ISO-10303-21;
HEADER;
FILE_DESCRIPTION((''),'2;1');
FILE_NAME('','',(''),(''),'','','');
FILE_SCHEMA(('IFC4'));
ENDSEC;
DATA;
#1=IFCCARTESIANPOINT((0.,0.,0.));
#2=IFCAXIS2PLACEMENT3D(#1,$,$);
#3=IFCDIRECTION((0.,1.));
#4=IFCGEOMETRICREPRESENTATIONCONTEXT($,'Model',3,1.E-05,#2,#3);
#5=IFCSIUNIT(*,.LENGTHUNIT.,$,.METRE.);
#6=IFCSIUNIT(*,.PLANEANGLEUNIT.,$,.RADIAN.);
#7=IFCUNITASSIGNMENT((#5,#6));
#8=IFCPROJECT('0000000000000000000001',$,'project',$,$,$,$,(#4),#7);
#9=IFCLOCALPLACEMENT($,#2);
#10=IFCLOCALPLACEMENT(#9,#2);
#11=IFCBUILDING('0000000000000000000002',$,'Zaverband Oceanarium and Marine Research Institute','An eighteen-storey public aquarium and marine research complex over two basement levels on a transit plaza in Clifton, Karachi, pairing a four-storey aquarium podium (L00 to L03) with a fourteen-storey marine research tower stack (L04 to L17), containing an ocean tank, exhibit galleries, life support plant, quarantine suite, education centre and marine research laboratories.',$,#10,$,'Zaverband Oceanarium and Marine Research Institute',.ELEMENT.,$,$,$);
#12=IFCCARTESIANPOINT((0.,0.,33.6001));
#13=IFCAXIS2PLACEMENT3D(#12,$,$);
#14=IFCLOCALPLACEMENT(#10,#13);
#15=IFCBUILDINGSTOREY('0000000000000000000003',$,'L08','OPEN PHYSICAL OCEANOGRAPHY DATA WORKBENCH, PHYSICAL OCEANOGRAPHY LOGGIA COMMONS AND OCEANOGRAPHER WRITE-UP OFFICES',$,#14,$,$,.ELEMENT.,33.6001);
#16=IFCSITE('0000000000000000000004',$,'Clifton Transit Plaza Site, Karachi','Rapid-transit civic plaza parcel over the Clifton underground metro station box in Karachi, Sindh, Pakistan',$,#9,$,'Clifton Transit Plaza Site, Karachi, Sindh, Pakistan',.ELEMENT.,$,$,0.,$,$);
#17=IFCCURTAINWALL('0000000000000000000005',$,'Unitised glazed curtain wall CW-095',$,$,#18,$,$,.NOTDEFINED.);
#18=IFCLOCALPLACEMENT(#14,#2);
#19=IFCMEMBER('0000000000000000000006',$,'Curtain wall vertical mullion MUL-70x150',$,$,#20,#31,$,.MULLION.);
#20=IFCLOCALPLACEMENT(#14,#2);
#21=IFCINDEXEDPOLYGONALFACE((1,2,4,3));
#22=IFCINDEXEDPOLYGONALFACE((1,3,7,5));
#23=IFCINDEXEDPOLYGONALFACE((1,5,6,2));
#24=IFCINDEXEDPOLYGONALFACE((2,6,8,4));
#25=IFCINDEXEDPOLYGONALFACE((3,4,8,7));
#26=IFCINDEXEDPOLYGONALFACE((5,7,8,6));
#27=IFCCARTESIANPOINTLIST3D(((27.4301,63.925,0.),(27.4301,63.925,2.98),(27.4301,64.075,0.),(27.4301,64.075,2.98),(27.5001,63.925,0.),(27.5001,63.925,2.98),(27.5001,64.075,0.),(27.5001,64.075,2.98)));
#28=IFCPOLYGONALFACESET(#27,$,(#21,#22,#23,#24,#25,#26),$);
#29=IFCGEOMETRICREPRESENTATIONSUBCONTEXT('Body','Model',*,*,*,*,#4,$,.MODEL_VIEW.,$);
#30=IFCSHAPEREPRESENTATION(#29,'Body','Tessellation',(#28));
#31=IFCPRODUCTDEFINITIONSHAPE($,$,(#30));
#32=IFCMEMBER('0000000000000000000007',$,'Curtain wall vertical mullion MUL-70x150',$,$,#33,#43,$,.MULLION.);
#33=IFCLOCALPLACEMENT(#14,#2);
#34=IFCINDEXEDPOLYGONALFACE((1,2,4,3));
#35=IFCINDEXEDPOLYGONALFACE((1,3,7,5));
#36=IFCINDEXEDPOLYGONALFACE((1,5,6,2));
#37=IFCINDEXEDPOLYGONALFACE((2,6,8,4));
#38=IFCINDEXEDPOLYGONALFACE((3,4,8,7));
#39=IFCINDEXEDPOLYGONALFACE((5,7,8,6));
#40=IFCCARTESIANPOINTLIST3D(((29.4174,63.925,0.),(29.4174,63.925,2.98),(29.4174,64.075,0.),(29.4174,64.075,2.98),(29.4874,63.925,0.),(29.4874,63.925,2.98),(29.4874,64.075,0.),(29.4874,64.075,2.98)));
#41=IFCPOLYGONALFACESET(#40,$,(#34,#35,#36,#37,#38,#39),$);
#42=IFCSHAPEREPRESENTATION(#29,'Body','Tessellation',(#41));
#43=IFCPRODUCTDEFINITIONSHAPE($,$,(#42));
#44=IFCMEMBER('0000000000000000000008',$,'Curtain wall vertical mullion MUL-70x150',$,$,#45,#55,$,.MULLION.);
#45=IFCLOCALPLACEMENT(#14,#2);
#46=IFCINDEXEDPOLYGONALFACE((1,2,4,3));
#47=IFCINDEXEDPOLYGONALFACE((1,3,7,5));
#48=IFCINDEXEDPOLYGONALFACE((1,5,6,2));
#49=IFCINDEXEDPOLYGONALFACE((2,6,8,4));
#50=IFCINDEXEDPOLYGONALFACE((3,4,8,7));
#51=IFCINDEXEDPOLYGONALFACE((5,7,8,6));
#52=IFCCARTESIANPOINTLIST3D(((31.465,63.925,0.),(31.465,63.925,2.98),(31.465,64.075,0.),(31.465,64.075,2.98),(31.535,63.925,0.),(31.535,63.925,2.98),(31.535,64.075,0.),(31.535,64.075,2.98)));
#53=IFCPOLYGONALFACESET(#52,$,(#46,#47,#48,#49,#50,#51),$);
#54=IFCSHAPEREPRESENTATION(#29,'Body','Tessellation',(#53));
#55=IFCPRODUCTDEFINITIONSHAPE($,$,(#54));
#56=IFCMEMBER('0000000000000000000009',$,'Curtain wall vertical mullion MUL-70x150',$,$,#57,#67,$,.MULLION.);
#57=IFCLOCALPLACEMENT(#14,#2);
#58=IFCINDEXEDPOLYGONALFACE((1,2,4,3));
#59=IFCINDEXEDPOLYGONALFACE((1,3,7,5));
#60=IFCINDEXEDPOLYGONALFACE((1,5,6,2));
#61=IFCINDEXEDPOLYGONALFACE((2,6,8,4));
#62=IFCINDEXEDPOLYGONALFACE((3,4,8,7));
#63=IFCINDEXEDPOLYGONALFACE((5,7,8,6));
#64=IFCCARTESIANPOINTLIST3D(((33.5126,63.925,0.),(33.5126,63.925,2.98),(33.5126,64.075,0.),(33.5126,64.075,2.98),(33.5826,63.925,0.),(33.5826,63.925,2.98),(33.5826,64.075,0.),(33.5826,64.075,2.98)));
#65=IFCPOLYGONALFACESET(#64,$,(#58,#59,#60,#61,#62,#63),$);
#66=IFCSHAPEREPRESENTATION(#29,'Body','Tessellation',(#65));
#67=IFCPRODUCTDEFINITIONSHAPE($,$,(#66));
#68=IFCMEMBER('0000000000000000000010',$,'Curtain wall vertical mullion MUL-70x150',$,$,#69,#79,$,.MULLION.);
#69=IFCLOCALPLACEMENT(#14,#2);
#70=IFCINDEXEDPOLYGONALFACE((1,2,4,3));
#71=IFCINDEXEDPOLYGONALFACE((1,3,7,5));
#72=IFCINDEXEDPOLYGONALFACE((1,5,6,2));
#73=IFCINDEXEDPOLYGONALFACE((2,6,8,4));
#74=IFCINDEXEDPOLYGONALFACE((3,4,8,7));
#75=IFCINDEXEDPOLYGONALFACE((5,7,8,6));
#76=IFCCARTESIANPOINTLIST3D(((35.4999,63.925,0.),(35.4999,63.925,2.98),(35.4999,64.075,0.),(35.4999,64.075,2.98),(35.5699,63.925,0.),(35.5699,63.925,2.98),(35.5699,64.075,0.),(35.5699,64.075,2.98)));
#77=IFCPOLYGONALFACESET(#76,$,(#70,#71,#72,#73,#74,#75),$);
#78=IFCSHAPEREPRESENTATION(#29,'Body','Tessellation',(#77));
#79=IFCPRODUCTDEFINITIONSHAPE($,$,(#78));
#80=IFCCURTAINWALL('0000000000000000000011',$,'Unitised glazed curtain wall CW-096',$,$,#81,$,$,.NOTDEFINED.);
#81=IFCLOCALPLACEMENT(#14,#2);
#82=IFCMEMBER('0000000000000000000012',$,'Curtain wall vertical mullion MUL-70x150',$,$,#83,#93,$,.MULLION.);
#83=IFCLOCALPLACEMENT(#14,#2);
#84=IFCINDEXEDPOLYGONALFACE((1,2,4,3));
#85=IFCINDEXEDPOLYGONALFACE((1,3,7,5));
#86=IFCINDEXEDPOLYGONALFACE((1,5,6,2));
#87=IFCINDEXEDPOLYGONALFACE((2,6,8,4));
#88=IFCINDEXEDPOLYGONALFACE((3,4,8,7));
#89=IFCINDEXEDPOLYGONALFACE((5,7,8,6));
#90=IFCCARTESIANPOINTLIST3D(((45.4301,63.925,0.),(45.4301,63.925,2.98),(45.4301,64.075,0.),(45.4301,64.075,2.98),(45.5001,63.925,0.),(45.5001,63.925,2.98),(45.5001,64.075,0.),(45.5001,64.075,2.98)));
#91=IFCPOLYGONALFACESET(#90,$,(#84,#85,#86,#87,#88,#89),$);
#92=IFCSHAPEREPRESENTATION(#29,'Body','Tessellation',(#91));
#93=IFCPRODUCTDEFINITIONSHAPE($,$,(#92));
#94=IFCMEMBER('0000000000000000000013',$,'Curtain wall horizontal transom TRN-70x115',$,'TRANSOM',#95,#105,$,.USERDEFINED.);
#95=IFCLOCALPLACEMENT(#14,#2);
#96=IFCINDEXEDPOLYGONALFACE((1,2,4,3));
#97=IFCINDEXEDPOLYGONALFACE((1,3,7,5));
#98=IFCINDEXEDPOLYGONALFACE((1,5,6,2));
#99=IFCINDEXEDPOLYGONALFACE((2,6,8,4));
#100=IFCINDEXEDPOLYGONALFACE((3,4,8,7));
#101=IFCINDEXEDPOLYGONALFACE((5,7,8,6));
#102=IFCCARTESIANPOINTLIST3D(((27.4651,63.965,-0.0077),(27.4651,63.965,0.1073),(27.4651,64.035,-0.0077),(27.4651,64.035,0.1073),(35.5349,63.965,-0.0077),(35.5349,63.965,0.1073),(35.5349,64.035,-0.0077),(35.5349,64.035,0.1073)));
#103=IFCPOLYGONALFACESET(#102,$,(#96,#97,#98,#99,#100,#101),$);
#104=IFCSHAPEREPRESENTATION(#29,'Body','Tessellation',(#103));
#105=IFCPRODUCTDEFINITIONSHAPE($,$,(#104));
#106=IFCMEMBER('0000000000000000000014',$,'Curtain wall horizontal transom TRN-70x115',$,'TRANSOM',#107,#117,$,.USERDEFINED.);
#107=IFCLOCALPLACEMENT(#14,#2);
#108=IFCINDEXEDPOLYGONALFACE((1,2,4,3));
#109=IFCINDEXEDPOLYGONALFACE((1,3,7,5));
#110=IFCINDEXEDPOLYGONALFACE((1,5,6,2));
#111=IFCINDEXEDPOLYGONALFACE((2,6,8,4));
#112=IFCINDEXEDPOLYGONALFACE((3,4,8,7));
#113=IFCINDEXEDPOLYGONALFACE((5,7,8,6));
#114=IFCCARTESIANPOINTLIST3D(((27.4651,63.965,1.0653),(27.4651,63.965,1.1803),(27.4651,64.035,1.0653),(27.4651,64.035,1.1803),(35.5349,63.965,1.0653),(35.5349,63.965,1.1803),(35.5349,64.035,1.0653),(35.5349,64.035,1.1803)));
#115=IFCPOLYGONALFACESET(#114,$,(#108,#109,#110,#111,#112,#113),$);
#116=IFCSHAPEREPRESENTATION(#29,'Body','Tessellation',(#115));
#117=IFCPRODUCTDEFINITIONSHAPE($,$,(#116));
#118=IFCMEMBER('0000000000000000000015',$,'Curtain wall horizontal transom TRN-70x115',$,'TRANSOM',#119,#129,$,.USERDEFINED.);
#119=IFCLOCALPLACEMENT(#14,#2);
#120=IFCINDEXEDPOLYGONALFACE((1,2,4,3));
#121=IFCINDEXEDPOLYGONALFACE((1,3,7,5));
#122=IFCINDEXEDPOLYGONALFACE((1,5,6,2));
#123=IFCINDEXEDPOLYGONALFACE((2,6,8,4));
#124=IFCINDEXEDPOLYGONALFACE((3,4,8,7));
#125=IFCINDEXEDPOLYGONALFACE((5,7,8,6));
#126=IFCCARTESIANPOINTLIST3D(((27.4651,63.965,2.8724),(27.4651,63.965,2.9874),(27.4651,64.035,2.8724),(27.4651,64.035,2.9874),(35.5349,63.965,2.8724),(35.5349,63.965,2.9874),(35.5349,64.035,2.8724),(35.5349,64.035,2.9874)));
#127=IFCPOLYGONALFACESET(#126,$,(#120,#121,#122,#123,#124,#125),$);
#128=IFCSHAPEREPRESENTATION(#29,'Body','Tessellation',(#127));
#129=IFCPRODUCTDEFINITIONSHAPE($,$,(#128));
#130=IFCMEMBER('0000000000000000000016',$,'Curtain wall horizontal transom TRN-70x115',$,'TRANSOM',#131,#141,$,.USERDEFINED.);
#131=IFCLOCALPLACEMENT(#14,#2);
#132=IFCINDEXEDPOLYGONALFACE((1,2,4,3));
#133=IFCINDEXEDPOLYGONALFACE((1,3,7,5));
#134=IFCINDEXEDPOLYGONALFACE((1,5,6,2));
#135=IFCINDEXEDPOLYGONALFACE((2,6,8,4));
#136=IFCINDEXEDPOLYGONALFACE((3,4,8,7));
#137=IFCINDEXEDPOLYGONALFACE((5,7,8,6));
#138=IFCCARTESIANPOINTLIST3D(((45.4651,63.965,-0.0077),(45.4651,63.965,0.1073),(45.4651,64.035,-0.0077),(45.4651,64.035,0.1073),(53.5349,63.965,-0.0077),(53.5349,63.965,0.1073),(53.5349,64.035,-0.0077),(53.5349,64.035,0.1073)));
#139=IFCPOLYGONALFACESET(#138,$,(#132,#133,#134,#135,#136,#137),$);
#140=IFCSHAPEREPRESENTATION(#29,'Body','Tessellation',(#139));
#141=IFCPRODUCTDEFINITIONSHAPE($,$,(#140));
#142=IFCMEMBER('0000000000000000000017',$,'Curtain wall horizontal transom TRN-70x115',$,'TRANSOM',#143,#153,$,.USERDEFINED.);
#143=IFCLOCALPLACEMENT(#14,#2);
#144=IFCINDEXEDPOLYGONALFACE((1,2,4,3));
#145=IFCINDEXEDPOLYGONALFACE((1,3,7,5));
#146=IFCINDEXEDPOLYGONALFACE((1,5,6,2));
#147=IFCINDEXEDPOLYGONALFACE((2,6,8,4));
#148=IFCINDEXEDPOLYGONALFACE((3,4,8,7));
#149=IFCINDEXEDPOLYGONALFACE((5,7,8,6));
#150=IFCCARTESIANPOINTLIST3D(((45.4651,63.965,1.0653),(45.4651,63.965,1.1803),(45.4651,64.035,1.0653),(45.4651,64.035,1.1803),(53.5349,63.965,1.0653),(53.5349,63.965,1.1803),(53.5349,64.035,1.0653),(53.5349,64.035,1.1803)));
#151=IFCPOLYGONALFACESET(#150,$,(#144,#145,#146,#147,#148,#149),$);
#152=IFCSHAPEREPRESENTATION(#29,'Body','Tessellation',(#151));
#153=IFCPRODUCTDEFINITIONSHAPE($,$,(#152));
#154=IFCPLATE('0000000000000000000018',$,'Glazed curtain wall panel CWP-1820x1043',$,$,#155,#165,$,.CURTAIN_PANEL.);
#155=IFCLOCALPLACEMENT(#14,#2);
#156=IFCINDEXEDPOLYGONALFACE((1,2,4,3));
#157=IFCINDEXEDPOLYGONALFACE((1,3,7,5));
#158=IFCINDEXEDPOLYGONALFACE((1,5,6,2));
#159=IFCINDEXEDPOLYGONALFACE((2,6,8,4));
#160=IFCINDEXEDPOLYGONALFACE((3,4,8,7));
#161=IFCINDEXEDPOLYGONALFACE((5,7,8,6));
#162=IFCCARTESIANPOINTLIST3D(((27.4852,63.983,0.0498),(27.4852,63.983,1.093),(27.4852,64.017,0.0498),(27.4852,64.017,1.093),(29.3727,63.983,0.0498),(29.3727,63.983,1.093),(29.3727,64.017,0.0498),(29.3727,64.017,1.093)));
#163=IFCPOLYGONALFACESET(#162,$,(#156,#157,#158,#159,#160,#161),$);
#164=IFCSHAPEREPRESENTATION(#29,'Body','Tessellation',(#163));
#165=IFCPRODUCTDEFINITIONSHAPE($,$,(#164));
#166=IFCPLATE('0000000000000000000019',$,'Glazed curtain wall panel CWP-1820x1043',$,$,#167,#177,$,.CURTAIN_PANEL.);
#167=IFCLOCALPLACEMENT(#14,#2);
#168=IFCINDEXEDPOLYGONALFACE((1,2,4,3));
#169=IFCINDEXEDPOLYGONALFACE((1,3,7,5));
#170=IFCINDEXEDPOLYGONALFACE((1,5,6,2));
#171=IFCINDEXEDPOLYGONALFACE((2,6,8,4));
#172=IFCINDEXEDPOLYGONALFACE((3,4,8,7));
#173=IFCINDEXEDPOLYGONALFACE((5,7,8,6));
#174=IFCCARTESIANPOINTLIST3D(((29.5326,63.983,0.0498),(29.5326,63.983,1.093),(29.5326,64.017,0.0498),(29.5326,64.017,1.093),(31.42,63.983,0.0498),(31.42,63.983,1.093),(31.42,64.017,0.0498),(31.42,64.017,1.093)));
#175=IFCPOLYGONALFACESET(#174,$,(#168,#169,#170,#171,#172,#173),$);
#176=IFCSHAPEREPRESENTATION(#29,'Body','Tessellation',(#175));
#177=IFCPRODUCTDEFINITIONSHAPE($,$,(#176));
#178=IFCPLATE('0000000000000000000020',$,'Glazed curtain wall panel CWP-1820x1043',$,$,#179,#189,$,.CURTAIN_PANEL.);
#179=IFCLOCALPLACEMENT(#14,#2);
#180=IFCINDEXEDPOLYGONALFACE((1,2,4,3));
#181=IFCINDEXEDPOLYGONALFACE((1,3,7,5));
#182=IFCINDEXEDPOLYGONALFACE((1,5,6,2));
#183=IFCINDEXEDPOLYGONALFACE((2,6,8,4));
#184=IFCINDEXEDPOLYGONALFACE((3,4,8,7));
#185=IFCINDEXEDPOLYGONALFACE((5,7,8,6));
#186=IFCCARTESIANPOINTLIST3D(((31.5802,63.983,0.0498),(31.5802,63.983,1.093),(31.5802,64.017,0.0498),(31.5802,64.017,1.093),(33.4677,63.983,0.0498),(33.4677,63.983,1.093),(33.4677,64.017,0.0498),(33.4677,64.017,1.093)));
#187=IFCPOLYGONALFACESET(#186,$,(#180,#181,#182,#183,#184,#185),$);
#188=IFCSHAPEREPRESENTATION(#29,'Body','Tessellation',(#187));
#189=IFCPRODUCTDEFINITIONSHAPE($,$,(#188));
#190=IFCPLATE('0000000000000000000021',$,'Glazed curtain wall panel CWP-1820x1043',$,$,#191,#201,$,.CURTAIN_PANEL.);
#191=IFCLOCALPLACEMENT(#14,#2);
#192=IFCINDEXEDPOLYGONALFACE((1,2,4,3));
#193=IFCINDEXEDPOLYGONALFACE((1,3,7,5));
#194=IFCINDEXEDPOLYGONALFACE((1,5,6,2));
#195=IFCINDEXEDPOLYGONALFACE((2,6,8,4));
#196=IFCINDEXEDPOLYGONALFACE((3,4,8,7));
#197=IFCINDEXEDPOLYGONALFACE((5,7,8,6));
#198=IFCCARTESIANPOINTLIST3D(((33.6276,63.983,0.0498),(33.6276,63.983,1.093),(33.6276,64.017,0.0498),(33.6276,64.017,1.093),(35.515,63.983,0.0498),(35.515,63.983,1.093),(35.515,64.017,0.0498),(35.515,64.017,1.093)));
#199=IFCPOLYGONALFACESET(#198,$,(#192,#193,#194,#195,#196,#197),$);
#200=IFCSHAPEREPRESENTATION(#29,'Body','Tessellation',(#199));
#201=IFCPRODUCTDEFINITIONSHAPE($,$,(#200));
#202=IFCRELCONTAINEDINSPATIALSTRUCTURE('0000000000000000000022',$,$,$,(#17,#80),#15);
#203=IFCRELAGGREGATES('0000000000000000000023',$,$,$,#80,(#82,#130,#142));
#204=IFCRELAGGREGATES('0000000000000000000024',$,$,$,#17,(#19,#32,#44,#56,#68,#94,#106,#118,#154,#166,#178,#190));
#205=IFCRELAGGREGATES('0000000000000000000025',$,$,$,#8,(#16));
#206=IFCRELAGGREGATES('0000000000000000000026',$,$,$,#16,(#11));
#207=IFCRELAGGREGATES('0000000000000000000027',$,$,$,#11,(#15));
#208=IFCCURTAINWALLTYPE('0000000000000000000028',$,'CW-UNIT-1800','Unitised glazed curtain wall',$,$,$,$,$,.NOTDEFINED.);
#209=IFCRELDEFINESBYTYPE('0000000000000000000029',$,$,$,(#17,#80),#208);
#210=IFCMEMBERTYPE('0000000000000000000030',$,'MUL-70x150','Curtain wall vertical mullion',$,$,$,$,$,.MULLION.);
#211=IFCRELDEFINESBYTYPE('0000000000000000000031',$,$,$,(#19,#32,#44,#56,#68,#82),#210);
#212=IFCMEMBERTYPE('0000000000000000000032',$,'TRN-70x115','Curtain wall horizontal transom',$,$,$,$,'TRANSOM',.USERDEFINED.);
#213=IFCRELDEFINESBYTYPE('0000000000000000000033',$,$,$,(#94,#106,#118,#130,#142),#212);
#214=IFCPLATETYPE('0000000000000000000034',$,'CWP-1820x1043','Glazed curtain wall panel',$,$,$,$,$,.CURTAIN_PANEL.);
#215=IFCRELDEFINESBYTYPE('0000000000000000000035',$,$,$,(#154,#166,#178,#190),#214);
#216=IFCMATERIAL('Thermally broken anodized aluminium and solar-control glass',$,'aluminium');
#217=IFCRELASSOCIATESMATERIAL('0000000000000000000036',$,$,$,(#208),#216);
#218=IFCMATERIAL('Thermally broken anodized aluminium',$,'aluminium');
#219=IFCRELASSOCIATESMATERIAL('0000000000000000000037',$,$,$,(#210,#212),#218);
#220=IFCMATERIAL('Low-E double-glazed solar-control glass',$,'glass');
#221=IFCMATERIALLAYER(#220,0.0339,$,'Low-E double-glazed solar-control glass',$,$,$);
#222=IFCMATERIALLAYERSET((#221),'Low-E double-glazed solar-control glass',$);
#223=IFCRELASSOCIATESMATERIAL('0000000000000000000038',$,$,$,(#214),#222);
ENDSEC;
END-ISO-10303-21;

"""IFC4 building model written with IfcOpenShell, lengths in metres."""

from ifc_helpers import new_model, si_unit, direction, frame, frame_2d, origin, origin_2d, place, context, subcontext, project, spatial, rectangle, extrude, material, layer, layer_set, material_profile, profile_set, type_object, element, aggregate, save


model = new_model("IFC4")

# Units and contexts
model_context = context("Model", 3, precision=1e-05, world=origin(), true_north=direction((0.0, 1.0)))
body_context = subcontext(model_context, "Body", "Model", "MODEL_VIEW")
ifc_project = project(units=[si_unit("LENGTHUNIT", "METRE"), si_unit("PLANEANGLEUNIT", "RADIAN")], contexts=[model_context])

# Site, building, storey
site_placement = place(None, origin())
site = spatial("IfcSite", under=ifc_project, at=site_placement, Name="Clifton Transit Plaza Site, Karachi", Description="Rapid-transit civic plaza parcel over the Clifton underground metro station box in Karachi, Sindh, Pakistan", LongName="Clifton Transit Plaza Site, Karachi, Sindh, Pakistan", CompositionType="ELEMENT", RefElevation=0.0)
building_placement = place(site_placement, origin())
building = spatial("IfcBuilding", under=site, at=building_placement, Name="Zaverband Oceanarium and Marine Research Institute", Description="An eighteen-storey public aquarium and marine research complex over two basement levels on a transit plaza in Clifton, Karachi, pairing a four-storey aquarium podium (L00 to L03) with a fourteen-storey marine research tower stack (L04 to L17), containing an ocean tank, exhibit galleries, life support plant, quarantine suite, education centre and marine research laboratories.", LongName="Zaverband Oceanarium and Marine Research Institute", CompositionType="ELEMENT")
storey_placement = place(building_placement, frame((0.0, 0.0, 33.6001)))
storey = spatial("IfcBuildingStorey", under=building, at=storey_placement, Name="L08", Description="OPEN PHYSICAL OCEANOGRAPHY DATA WORKBENCH, PHYSICAL OCEANOGRAPHY LOGGIA COMMONS AND OCEANOGRAPHER WRITE-UP OFFICES", CompositionType="ELEMENT", Elevation=33.6001)

# Curtain wall, members
ifc_material_1 = material(Name="Thermally broken anodized aluminium and solar-control glass", Category="aluminium")
curtain_wall_type = type_object("IfcCurtainWallType", Name="CW-UNIT-1800", Description="Unitised glazed curtain wall", PredefinedType="NOTDEFINED", material=ifc_material_1)
curtain_wall_1_placement = place(storey_placement, origin())
curtain_wall_1 = element("IfcCurtainWall", 1, at=curtain_wall_1_placement, inside=storey, type_object=curtain_wall_type, Name="Unitised glazed curtain wall CW-095", PredefinedType="NOTDEFINED")
ifc_material_2 = material(Name="Thermally broken anodized aluminium", Category="aluminium")
ifc_material_profile_1 = material_profile(ifc_material_2, rectangle(XDim=0.0701, YDim=0.1499, at=origin_2d()), Name="AL-MUL-70x150")
ifc_profile_set_1 = profile_set([ifc_material_profile_1], Name="Thermally broken anodized aluminium")
member_type_1 = type_object("IfcMemberType", Name="MUL-70x150", Description="Curtain wall vertical mullion", PredefinedType="MULLION", material=ifc_profile_set_1)
member_1_placement = place(storey_placement, frame((27.4651, 64.0, 0.0), z_axis=(0.0, 0.0, 1.0), x_axis=(1.0, 0.0, 0.0)))
member_1 = element("IfcMember", 2, at=member_1_placement, type_object=member_type_1, Name="Curtain wall vertical mullion MUL-70x150", PredefinedType="MULLION", context=body_context, shape_type="SweptSolid", body=[
    extrude(rectangle(XDim=0.0701, YDim=0.1499, at=origin_2d()), origin(), (0.0, 0.0, 1.0), 2.98),
])
member_2_placement = place(storey_placement, frame((29.4524, 64.0, 0.0), z_axis=(0.0, 0.0, 1.0), x_axis=(1.0, 0.0, 0.0)))
member_2 = element("IfcMember", 3, at=member_2_placement, type_object=member_type_1, Name="Curtain wall vertical mullion MUL-70x150", PredefinedType="MULLION", context=body_context, shape_type="SweptSolid", body=[
    extrude(rectangle(XDim=0.0701, YDim=0.1499, at=origin_2d()), origin(), (0.0, 0.0, 1.0), 2.98),
])
member_3_placement = place(storey_placement, frame((31.5, 64.0, 0.0), z_axis=(0.0, 0.0, 1.0), x_axis=(1.0, 0.0, 0.0)))
member_3 = element("IfcMember", 4, at=member_3_placement, type_object=member_type_1, Name="Curtain wall vertical mullion MUL-70x150", PredefinedType="MULLION", context=body_context, shape_type="SweptSolid", body=[
    extrude(rectangle(XDim=0.0701, YDim=0.1499, at=origin_2d()), origin(), (0.0, 0.0, 1.0), 2.98),
])
member_4_placement = place(storey_placement, frame((33.5476, 64.0, 0.0), z_axis=(0.0, 0.0, 1.0), x_axis=(1.0, 0.0, 0.0)))
member_4 = element("IfcMember", 5, at=member_4_placement, type_object=member_type_1, Name="Curtain wall vertical mullion MUL-70x150", PredefinedType="MULLION", context=body_context, shape_type="SweptSolid", body=[
    extrude(rectangle(XDim=0.0701, YDim=0.1499, at=origin_2d()), origin(), (0.0, 0.0, 1.0), 2.98),
])
member_5_placement = place(storey_placement, frame((35.5349, 64.0, 0.0), z_axis=(0.0, 0.0, 1.0), x_axis=(1.0, 0.0, 0.0)))
member_5 = element("IfcMember", 6, at=member_5_placement, type_object=member_type_1, Name="Curtain wall vertical mullion MUL-70x150", PredefinedType="MULLION", context=body_context, shape_type="SweptSolid", body=[
    extrude(rectangle(XDim=0.0701, YDim=0.1499, at=origin_2d()), origin(), (0.0, 0.0, 1.0), 2.98),
])

# Curtain wall, member
curtain_wall_2_placement = place(storey_placement, origin())
curtain_wall_2 = element("IfcCurtainWall", 7, at=curtain_wall_2_placement, inside=storey, type_object=curtain_wall_type, Name="Unitised glazed curtain wall CW-096", PredefinedType="NOTDEFINED")
member_6_placement = place(storey_placement, frame((45.4651, 64.0, 0.0), z_axis=(0.0, 0.0, 1.0), x_axis=(1.0, 0.0, 0.0)))
member_6 = element("IfcMember", 8, at=member_6_placement, type_object=member_type_1, Name="Curtain wall vertical mullion MUL-70x150", PredefinedType="MULLION", context=body_context, shape_type="SweptSolid", body=[
    extrude(rectangle(XDim=0.0701, YDim=0.1499, at=origin_2d()), origin(), (0.0, 0.0, 1.0), 2.98),
])

# Members
ifc_material_profile_2 = material_profile(ifc_material_2, rectangle(XDim=0.0701, YDim=0.115, at=origin_2d()), Name="AL-TRN-70x115")
ifc_profile_set_2 = profile_set([ifc_material_profile_2], Name="Thermally broken anodized aluminium")
member_type_2 = type_object("IfcMemberType", Name="TRN-70x115", Description="Curtain wall horizontal transom", ElementType="TRANSOM", PredefinedType="USERDEFINED", material=ifc_profile_set_2)
member_7_placement = place(storey_placement, frame((27.4651, 64.0, 0.0498), z_axis=(1.0, 0.0, 0.0), x_axis=(0.0, 1.0, 0.0)))
member_7 = element("IfcMember", 9, at=member_7_placement, type_object=member_type_2, Name="Curtain wall horizontal transom TRN-70x115", ObjectType="TRANSOM", PredefinedType="USERDEFINED", context=body_context, shape_type="SweptSolid", body=[
    extrude(rectangle(XDim=0.0701, YDim=0.115, at=origin_2d()), origin(), (0.0, 0.0, 1.0), 8.0698),
])
member_8_placement = place(storey_placement, frame((27.4651, 64.0, 1.1228), z_axis=(1.0, 0.0, 0.0), x_axis=(0.0, 1.0, 0.0)))
member_8 = element("IfcMember", 10, at=member_8_placement, type_object=member_type_2, Name="Curtain wall horizontal transom TRN-70x115", ObjectType="TRANSOM", PredefinedType="USERDEFINED", context=body_context, shape_type="SweptSolid", body=[
    extrude(rectangle(XDim=0.0701, YDim=0.115, at=origin_2d()), origin(), (0.0, 0.0, 1.0), 8.0698),
])
member_9_placement = place(storey_placement, frame((27.4651, 64.0, 2.9299), z_axis=(1.0, 0.0, 0.0), x_axis=(0.0, 1.0, 0.0)))
member_9 = element("IfcMember", 11, at=member_9_placement, type_object=member_type_2, Name="Curtain wall horizontal transom TRN-70x115", ObjectType="TRANSOM", PredefinedType="USERDEFINED", context=body_context, shape_type="SweptSolid", body=[
    extrude(rectangle(XDim=0.0701, YDim=0.115, at=origin_2d()), origin(), (0.0, 0.0, 1.0), 8.0698),
])
member_10_placement = place(storey_placement, frame((45.4651, 64.0, 0.0498), z_axis=(1.0, 0.0, 0.0), x_axis=(0.0, 1.0, 0.0)))
member_10 = element("IfcMember", 12, at=member_10_placement, type_object=member_type_2, Name="Curtain wall horizontal transom TRN-70x115", ObjectType="TRANSOM", PredefinedType="USERDEFINED", context=body_context, shape_type="SweptSolid", body=[
    extrude(rectangle(XDim=0.0701, YDim=0.115, at=origin_2d()), origin(), (0.0, 0.0, 1.0), 8.0698),
])
member_11_placement = place(storey_placement, frame((45.4651, 64.0, 1.1228), z_axis=(1.0, 0.0, 0.0), x_axis=(0.0, 1.0, 0.0)))
member_11 = element("IfcMember", 13, at=member_11_placement, type_object=member_type_2, Name="Curtain wall horizontal transom TRN-70x115", ObjectType="TRANSOM", PredefinedType="USERDEFINED", context=body_context, shape_type="SweptSolid", body=[
    extrude(rectangle(XDim=0.0701, YDim=0.115, at=origin_2d()), origin(), (0.0, 0.0, 1.0), 8.0698),
])
aggregate(curtain_wall_2, [member_6, member_10, member_11])

# Plates
ifc_material_3 = material(Name="Low-E double-glazed solar-control glass", Category="glass")
ifc_layer_1 = layer(ifc_material_3, 0.0339, Name="Low-E double-glazed solar-control glass")
ifc_layer_set_1 = layer_set([ifc_layer_1], Name="Low-E double-glazed solar-control glass")
plate_type_1 = type_object("IfcPlateType", Name="CWP-1820x1043", Description="Glazed curtain wall panel", PredefinedType="CURTAIN_PANEL", material=ifc_layer_set_1)
plate_1_placement = place(storey_placement, frame((27.4851, 64.0, 0.0498), z_axis=(0.0, 0.0, 1.0), x_axis=(1.0, 0.0, 0.0)))
plate_1 = element("IfcPlate", 14, at=plate_1_placement, type_object=plate_type_1, Name="Glazed curtain wall panel CWP-1820x1043", PredefinedType="CURTAIN_PANEL", context=body_context, shape_type="SweptSolid", body=[
    extrude(rectangle(XDim=1.8875, YDim=0.0339, at=frame_2d((0.9438, 0.0))), origin(), (0.0, 0.0, 1.0), 1.0432),
])
plate_2_placement = place(storey_placement, frame((29.5325, 64.0, 0.0498), z_axis=(0.0, 0.0, 1.0), x_axis=(1.0, 0.0, 0.0)))
plate_2 = element("IfcPlate", 15, at=plate_2_placement, type_object=plate_type_1, Name="Glazed curtain wall panel CWP-1820x1043", PredefinedType="CURTAIN_PANEL", context=body_context, shape_type="SweptSolid", body=[
    extrude(rectangle(XDim=1.8875, YDim=0.0339, at=frame_2d((0.9438, 0.0))), origin(), (0.0, 0.0, 1.0), 1.0432),
])
plate_3_placement = place(storey_placement, frame((31.5801, 64.0, 0.0498), z_axis=(0.0, 0.0, 1.0), x_axis=(1.0, 0.0, 0.0)))
plate_3 = element("IfcPlate", 16, at=plate_3_placement, type_object=plate_type_1, Name="Glazed curtain wall panel CWP-1820x1043", PredefinedType="CURTAIN_PANEL", context=body_context, shape_type="SweptSolid", body=[
    extrude(rectangle(XDim=1.8875, YDim=0.0339, at=frame_2d((0.9438, 0.0))), origin(), (0.0, 0.0, 1.0), 1.0432),
])
plate_4_placement = place(storey_placement, frame((33.6274, 64.0, 0.0498), z_axis=(0.0, 0.0, 1.0), x_axis=(1.0, 0.0, 0.0)))
plate_4 = element("IfcPlate", 17, at=plate_4_placement, type_object=plate_type_1, Name="Glazed curtain wall panel CWP-1820x1043", PredefinedType="CURTAIN_PANEL", context=body_context, shape_type="SweptSolid", body=[
    extrude(rectangle(XDim=1.8875, YDim=0.0339, at=frame_2d((0.9438, 0.0))), origin(), (0.0, 0.0, 1.0), 1.0432),
])
aggregate(curtain_wall_1, [member_1, member_2, member_3, member_4, member_5, member_7, member_8, member_9, plate_1, plate_2, plate_3, plate_4])

save(model, "model.ifc")
